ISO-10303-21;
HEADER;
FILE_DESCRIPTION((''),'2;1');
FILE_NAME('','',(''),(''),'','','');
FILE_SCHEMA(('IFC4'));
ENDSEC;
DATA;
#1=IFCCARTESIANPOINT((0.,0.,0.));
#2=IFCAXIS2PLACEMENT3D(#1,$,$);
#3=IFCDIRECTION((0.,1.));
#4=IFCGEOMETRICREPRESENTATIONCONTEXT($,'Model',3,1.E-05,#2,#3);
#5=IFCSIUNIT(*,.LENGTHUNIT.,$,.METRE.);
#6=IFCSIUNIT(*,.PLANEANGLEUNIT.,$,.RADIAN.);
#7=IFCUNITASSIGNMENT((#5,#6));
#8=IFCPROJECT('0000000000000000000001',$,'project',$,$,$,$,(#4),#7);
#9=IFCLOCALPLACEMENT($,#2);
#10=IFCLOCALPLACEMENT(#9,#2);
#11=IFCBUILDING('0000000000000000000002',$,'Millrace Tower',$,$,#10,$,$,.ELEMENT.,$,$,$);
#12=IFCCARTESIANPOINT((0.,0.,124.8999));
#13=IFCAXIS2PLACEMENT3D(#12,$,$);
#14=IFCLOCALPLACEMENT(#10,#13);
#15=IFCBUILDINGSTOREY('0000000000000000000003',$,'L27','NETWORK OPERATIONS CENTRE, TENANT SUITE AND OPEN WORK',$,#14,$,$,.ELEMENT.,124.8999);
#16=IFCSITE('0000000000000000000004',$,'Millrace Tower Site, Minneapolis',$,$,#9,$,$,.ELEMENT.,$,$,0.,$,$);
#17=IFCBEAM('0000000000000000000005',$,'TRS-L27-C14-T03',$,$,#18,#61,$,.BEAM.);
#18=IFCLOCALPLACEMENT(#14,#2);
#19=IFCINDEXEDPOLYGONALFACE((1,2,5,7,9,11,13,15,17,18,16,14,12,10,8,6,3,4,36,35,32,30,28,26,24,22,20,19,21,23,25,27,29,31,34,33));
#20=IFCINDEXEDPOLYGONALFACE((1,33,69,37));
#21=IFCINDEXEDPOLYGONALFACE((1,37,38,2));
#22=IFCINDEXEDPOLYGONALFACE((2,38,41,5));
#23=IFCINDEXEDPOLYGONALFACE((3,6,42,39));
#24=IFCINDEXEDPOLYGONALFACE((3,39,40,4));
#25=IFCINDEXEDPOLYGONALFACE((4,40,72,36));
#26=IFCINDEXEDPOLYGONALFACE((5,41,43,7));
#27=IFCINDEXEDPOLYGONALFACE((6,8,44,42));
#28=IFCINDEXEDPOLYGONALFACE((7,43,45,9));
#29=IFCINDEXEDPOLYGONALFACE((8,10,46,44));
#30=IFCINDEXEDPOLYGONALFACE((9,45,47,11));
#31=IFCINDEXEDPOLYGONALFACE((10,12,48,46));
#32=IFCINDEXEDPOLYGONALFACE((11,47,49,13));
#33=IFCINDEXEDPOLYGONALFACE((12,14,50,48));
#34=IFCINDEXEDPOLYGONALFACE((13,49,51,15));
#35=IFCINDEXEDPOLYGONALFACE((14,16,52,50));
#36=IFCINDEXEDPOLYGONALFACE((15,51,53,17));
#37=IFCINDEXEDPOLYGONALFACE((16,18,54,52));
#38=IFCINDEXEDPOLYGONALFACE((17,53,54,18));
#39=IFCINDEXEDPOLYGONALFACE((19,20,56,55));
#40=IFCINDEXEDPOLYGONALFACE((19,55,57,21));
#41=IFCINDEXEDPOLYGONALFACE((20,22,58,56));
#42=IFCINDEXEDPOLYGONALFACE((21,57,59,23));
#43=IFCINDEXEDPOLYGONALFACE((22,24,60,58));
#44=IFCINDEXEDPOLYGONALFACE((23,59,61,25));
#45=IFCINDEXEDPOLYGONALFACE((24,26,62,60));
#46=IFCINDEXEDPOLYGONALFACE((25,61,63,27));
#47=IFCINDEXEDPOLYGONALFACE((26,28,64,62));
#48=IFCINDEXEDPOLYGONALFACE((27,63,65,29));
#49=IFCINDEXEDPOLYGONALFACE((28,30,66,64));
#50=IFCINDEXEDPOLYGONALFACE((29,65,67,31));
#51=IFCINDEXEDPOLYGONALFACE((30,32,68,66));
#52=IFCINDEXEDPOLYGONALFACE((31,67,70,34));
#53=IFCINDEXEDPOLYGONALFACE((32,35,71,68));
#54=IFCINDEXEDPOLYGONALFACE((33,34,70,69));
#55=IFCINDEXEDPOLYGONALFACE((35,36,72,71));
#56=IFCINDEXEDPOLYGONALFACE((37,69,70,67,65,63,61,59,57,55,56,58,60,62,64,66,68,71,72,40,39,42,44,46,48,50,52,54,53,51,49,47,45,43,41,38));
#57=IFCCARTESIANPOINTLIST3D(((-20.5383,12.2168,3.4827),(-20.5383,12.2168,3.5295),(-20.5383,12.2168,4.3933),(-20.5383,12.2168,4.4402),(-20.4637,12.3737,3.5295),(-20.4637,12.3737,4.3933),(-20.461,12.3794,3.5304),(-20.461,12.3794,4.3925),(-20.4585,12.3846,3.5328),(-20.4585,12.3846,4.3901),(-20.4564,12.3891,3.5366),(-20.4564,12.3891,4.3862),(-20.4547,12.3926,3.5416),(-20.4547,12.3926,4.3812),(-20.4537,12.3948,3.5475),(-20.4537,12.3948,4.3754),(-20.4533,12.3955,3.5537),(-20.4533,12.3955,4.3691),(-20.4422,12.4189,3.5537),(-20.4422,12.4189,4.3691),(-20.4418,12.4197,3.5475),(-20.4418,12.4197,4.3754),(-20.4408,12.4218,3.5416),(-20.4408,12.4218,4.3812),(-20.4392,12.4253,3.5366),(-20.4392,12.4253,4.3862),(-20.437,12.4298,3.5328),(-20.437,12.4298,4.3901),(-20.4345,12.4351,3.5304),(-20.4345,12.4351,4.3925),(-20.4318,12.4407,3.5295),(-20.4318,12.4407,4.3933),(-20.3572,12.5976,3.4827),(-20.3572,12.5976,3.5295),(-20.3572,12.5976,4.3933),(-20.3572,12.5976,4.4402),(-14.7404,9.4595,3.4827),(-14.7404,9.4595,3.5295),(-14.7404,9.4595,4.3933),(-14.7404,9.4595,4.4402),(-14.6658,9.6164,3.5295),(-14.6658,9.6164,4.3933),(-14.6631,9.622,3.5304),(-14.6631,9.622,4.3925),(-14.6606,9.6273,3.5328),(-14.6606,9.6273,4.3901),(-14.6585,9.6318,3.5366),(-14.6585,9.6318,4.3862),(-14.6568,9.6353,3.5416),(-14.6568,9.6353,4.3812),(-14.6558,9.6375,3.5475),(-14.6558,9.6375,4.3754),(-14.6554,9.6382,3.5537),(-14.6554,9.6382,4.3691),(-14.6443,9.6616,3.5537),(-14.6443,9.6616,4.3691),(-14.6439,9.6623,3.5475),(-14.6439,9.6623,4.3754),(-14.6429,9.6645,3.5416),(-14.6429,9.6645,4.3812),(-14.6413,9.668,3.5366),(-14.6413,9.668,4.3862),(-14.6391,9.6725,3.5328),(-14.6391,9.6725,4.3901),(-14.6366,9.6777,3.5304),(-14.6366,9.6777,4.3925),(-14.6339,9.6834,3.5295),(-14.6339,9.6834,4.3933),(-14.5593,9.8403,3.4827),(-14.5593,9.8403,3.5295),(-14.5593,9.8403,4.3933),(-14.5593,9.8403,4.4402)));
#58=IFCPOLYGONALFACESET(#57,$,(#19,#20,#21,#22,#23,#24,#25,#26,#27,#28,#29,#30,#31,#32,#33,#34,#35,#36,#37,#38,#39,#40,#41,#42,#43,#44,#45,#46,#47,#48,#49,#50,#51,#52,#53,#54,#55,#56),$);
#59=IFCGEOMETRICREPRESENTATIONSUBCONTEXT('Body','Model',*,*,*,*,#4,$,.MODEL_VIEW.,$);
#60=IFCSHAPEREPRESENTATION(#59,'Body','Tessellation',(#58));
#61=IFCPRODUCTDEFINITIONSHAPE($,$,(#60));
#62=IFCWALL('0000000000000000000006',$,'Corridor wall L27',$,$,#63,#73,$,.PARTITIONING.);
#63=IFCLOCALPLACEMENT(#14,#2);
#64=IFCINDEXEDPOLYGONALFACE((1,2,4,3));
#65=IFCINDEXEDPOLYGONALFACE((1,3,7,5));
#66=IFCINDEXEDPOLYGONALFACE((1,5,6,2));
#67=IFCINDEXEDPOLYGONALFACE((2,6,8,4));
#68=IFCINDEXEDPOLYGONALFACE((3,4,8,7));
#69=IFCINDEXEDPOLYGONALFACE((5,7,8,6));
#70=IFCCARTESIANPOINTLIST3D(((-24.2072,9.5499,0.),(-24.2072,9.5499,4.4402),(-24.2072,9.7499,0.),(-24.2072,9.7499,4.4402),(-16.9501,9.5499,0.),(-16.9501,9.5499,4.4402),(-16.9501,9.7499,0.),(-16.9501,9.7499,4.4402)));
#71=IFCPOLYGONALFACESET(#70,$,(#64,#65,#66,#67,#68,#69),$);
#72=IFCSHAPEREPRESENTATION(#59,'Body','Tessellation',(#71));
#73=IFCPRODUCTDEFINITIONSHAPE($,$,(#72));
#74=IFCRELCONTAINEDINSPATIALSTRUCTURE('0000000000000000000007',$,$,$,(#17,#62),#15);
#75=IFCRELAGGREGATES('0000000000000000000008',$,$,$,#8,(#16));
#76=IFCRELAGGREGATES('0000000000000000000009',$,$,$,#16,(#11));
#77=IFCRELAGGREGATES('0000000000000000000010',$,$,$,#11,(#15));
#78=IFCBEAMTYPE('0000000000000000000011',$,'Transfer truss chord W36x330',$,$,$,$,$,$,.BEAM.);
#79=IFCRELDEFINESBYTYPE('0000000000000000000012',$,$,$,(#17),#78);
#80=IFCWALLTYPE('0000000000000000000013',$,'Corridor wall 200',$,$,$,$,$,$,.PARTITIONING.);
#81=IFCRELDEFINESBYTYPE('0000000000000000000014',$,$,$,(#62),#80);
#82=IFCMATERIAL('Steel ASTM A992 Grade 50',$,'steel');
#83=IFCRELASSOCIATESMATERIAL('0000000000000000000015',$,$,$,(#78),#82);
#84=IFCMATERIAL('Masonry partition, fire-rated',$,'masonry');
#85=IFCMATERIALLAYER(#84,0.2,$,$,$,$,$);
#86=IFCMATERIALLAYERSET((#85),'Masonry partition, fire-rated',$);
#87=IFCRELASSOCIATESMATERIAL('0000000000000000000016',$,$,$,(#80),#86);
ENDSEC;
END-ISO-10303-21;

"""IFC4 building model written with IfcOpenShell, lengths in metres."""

from ifc_helpers import new_model, si_unit, direction, frame, frame_2d, origin, origin_2d, place, context, subcontext, project, spatial, rectangle, i_section, extrude, material, layer, layer_set, material_profile, profile_set, type_object, element, save


model = new_model("IFC4")

# Units and contexts
model_context = context("Model", 3, precision=1e-05, world=origin(), true_north=direction((0.0, 1.0)))
body_context = subcontext(model_context, "Body", "Model", "MODEL_VIEW")
ifc_project = project(units=[si_unit("LENGTHUNIT", "METRE"), si_unit("PLANEANGLEUNIT", "RADIAN")], contexts=[model_context])

# Site, building, storey
site_placement = place(None, origin())
site = spatial("IfcSite", under=ifc_project, at=site_placement, Name="Millrace Tower Site, Minneapolis", CompositionType="ELEMENT", RefElevation=0.0)
building_placement = place(site_placement, origin())
building = spatial("IfcBuilding", under=site, at=building_placement, Name="Millrace Tower", CompositionType="ELEMENT")
storey_placement = place(building_placement, frame((0.0, 0.0, 124.8999)))
storey = spatial("IfcBuildingStorey", under=building, at=storey_placement, Name="L27", Description="NETWORK OPERATIONS CENTRE, TENANT SUITE AND OPEN WORK", CompositionType="ELEMENT", Elevation=124.8999)

# Beam
ifc_material_1 = material(Name="Steel ASTM A992 Grade 50", Category="steel")
ifc_material_profile_1 = material_profile(ifc_material_1, i_section(OverallWidth=0.4216, OverallDepth=0.9575, WebThickness=0.0259, FlangeThickness=0.0469, FilletRadius=0.0242, at=origin_2d()))
ifc_profile_set_1 = profile_set([ifc_material_profile_1], Name="Steel ASTM A992 Grade 50")
beam_type_1 = type_object("IfcBeamType", Name="Transfer truss chord W36x330", PredefinedType="BEAM", material=ifc_profile_set_1)
for number, where, z_axis, x_axis, name in (
    (1, (-20.4478, 12.4072, 3.9614), (0.903075, -0.429482, 0.0), (0.429482, 0.903075, 0.0), "TRS-L27-C14-T03"),
):
    element("IfcBeam", number, at=place(storey_placement, frame(where, z_axis=z_axis, x_axis=x_axis)), inside=storey, type_object=beam_type_1, Name=name, PredefinedType="BEAM", context=body_context, shape_type="SweptSolid", body=[
        extrude(i_section(OverallWidth=0.4216, OverallDepth=0.9575, WebThickness=0.0259, FlangeThickness=0.0469, FilletRadius=0.0242, at=origin_2d()), origin(), (0.0, 0.0, 1.0), 6.4202),
    ])

# Wall
ifc_material_2 = material(Name="Masonry partition, fire-rated", Category="masonry")
ifc_layer_1 = layer(ifc_material_2, 0.2)
ifc_layer_set_1 = layer_set([ifc_layer_1], Name="Masonry partition, fire-rated")
wall_type = type_object("IfcWallType", Name="Corridor wall 200", PredefinedType="PARTITIONING", material=ifc_layer_set_1)
wall_1_placement = place(storey_placement, frame((-24.207, 9.6499, 0.0), z_axis=(0.0, 0.0, 1.0), x_axis=(1.0, 0.0, 0.0)))
element("IfcWall", 2, at=wall_1_placement, inside=storey, type_object=wall_type, Name="Corridor wall L27", PredefinedType="PARTITIONING", context=body_context, shape_type="SweptSolid", body=[
    extrude(rectangle(XDim=7.2571, YDim=0.2, at=frame_2d((3.6284, 0.0))), origin(), (0.0, 0.0, 1.0), 4.4402),
])

save(model, "model.ifc")
